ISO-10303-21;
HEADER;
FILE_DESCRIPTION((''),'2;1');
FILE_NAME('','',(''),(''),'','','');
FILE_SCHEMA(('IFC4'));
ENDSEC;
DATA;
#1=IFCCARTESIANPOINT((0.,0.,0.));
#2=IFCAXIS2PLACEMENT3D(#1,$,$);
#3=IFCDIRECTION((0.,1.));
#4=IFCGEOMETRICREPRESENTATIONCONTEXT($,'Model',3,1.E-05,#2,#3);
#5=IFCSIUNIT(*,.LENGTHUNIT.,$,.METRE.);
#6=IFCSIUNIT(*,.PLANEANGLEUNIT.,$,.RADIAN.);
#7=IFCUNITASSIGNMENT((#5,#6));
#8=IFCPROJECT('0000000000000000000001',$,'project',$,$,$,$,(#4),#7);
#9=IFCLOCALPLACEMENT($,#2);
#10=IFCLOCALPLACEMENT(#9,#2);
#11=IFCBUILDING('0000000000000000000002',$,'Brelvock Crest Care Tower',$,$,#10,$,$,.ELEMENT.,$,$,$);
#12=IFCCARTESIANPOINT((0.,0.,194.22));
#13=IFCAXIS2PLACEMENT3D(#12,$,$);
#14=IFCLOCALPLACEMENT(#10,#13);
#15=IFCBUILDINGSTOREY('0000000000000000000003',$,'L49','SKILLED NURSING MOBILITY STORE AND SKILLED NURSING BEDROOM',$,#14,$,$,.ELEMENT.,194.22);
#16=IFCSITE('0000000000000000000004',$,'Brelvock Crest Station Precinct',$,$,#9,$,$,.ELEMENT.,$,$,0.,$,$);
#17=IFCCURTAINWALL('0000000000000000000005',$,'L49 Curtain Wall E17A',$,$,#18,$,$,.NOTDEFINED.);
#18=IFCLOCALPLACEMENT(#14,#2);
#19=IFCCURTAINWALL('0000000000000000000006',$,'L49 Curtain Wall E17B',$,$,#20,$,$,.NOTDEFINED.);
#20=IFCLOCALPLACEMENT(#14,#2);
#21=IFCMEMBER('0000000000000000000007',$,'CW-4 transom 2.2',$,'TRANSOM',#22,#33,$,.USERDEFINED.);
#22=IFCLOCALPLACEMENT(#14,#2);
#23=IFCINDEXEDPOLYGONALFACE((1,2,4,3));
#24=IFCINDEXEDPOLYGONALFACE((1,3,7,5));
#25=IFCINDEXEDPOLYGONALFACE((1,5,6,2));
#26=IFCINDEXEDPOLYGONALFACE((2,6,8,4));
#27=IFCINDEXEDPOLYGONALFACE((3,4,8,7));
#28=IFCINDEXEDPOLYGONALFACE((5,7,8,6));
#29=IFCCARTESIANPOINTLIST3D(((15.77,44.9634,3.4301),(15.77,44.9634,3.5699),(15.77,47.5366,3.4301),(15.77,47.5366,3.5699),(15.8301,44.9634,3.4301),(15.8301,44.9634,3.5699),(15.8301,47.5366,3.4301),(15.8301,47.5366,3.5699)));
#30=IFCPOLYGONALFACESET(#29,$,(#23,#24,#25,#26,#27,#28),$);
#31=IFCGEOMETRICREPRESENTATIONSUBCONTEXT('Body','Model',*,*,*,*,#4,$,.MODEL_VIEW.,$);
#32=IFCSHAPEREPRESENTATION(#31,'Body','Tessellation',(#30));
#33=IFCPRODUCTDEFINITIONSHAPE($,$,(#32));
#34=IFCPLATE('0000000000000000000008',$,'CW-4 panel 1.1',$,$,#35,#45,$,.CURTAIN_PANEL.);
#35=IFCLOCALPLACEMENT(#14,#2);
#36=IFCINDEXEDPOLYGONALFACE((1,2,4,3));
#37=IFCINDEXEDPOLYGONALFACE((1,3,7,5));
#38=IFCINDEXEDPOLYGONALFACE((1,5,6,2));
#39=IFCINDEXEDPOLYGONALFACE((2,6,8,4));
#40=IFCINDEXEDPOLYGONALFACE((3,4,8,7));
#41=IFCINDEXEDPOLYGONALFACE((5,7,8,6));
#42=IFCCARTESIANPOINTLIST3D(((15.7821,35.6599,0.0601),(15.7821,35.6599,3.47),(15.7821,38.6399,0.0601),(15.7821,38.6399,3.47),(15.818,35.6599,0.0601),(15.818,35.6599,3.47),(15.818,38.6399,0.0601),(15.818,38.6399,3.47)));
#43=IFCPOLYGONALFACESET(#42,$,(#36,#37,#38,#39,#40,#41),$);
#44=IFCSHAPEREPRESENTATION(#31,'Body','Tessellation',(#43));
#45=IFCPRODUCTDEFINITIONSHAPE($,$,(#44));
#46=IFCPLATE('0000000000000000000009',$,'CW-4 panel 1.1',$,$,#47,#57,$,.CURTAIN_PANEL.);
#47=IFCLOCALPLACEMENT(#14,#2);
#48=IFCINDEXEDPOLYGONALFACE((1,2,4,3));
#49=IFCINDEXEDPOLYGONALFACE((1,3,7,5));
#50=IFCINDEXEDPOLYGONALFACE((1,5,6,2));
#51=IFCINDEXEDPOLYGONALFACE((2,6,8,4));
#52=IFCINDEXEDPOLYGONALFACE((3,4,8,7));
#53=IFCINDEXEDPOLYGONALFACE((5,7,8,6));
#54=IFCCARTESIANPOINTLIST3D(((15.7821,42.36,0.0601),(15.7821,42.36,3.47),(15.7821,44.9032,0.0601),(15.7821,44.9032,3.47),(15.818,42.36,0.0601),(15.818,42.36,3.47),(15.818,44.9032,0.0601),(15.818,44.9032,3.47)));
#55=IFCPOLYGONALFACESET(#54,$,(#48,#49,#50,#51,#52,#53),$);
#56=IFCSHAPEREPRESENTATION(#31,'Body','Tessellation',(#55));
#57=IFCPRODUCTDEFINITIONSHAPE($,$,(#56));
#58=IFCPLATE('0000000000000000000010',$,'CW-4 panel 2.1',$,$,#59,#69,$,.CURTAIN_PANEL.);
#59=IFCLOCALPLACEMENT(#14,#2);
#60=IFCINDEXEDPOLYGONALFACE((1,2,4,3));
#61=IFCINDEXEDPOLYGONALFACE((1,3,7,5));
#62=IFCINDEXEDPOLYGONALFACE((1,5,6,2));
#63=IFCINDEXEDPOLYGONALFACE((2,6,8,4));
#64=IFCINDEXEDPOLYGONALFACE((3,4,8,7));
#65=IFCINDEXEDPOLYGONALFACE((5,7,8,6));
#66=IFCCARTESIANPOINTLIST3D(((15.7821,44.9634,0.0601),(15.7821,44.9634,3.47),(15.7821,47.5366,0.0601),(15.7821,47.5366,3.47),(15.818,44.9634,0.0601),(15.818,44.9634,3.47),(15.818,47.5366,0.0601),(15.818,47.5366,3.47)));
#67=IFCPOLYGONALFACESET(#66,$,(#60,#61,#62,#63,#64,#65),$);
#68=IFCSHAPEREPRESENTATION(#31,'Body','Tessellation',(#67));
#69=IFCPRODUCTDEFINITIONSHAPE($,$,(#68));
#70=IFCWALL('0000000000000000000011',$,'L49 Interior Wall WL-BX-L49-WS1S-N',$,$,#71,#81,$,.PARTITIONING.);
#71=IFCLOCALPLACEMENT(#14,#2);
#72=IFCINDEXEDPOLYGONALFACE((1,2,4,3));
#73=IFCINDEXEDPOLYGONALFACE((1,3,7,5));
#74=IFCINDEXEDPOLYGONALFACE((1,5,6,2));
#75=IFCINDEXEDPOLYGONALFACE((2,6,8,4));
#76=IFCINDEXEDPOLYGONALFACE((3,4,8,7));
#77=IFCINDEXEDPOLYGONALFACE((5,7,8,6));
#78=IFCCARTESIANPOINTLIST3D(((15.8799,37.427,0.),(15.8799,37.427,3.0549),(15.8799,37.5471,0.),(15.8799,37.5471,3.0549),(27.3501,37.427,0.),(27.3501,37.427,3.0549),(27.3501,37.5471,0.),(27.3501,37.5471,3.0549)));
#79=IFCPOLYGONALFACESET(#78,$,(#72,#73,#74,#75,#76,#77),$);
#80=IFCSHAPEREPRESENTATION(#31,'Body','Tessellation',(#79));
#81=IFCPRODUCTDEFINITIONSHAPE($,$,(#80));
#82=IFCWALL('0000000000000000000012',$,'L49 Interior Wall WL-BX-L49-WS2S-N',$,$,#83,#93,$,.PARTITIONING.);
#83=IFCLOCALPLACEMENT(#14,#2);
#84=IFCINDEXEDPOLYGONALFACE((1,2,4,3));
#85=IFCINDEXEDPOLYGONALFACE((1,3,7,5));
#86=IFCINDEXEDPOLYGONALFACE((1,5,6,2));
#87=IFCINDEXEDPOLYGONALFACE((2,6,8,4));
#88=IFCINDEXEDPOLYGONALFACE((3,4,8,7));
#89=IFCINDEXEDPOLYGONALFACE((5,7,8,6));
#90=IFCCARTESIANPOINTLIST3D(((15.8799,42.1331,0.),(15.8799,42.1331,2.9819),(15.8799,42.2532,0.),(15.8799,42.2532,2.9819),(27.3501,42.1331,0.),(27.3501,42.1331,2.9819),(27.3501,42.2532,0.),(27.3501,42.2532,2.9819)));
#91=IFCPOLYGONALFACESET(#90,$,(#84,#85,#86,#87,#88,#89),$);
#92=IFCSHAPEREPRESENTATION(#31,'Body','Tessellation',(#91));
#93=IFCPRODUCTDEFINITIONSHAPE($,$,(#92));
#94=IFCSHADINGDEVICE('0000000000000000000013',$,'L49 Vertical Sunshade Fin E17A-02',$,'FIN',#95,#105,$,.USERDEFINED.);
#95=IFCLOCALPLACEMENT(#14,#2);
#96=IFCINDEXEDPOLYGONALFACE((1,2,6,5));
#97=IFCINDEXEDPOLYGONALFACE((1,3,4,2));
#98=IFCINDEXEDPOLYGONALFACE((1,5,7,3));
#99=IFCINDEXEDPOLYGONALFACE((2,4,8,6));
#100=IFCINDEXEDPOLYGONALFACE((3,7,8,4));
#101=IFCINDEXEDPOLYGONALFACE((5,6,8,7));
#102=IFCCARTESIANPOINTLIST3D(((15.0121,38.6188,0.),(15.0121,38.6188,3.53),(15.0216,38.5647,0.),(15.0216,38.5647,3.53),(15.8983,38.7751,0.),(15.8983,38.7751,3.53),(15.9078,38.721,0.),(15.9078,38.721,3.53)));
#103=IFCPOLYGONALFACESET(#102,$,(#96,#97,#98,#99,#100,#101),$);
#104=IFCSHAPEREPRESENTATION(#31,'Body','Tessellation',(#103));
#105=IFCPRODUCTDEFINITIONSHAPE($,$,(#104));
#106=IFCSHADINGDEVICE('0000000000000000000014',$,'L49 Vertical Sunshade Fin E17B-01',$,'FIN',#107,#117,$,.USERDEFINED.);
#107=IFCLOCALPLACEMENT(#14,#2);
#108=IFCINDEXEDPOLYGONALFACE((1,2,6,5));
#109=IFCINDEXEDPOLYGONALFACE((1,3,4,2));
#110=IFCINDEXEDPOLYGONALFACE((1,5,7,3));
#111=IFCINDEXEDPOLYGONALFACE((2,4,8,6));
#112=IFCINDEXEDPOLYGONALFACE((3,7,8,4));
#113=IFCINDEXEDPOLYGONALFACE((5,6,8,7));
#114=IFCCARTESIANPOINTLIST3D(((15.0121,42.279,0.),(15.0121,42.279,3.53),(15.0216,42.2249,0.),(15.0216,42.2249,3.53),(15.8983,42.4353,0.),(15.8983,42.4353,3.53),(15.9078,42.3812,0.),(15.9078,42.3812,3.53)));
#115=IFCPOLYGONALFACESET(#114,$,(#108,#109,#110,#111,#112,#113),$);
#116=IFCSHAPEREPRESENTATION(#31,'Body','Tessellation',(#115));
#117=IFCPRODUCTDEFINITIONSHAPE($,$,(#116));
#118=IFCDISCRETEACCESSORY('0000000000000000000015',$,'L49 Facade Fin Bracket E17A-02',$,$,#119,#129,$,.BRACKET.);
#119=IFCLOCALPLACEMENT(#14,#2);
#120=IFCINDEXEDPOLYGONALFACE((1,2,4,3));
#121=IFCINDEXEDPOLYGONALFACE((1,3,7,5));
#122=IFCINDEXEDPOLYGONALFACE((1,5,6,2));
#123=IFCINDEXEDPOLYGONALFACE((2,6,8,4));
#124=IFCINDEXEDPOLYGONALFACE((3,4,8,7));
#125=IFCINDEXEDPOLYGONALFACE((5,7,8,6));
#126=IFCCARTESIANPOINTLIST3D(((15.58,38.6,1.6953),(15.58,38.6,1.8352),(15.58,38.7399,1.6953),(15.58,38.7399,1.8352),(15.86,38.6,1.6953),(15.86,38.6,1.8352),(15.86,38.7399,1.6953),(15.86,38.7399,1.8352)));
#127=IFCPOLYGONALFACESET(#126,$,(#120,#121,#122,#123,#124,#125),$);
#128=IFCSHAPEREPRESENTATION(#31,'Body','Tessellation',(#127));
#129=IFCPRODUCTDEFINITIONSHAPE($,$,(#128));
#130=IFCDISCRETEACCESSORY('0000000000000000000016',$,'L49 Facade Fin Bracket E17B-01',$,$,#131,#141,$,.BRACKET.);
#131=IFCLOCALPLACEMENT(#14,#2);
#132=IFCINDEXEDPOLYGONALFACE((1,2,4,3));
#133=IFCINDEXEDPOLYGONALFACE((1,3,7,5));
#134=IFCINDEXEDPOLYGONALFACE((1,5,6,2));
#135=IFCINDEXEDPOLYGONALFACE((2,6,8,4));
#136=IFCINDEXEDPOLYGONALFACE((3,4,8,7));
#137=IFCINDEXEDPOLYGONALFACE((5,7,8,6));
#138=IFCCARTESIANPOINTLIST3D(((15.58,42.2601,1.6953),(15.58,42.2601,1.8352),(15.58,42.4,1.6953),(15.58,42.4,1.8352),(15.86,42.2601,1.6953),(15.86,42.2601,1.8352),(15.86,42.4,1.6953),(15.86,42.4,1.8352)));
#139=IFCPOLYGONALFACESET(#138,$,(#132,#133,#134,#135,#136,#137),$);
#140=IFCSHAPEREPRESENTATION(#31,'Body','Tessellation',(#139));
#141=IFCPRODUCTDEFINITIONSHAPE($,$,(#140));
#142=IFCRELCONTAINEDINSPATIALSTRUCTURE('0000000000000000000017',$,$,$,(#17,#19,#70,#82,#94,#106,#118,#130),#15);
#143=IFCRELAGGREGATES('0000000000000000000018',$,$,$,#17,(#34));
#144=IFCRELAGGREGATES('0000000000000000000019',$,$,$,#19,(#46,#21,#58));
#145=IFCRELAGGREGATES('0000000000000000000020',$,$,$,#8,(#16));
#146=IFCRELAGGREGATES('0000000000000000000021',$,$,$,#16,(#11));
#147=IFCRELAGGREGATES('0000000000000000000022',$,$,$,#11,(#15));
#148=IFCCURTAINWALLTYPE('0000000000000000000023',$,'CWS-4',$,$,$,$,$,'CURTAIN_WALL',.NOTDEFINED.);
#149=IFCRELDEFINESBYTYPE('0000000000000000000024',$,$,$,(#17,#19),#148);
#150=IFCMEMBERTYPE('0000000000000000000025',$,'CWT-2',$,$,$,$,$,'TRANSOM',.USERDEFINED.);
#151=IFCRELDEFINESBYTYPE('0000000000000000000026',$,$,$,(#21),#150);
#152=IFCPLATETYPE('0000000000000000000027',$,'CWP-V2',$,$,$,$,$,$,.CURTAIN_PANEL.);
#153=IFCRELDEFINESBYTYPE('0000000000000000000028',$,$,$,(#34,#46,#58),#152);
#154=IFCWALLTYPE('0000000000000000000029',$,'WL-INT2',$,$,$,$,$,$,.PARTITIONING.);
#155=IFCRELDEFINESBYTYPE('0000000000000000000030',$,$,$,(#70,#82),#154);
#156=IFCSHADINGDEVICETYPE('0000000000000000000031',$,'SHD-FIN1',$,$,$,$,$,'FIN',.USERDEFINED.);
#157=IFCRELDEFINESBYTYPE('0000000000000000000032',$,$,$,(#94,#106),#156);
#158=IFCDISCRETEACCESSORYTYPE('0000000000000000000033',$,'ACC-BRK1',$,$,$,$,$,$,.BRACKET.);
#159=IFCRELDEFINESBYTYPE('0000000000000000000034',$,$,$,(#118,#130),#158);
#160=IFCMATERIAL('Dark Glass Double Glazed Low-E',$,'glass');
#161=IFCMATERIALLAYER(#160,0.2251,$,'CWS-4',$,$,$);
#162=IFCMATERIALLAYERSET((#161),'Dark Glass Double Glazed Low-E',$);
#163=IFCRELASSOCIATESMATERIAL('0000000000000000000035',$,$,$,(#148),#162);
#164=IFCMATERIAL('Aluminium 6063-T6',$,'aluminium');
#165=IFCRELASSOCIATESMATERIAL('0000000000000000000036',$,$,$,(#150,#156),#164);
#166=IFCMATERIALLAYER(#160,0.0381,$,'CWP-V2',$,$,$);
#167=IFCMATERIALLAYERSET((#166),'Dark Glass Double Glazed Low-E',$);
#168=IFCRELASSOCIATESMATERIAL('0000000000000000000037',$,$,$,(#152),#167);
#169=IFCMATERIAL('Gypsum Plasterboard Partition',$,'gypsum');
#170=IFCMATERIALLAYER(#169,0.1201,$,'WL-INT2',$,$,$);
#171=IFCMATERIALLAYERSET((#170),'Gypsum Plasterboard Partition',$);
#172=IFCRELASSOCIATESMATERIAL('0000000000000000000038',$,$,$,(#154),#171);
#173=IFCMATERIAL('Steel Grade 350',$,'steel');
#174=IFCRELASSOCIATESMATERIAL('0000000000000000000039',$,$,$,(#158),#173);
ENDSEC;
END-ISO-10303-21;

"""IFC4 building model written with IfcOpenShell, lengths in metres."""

from ifc_helpers import new_model, si_unit, direction, frame, frame_2d, origin, origin_2d, place, context, subcontext, project, spatial, rectangle, extrude, source, transform, mapped, material, layer, layer_set, material_profile, profile_set, type_object, element, aggregate, save


model = new_model("IFC4")

# Units and contexts
model_context = context("Model", 3, precision=1e-05, world=origin(), true_north=direction((0.0, 1.0)))
body_context = subcontext(model_context, "Body", "Model", "MODEL_VIEW")
ifc_project = project(units=[si_unit("LENGTHUNIT", "METRE"), si_unit("PLANEANGLEUNIT", "RADIAN")], contexts=[model_context])

# Site, building, storey
site_placement = place(None, origin())
site = spatial("IfcSite", under=ifc_project, at=site_placement, Name="Brelvock Crest Station Precinct", CompositionType="ELEMENT", RefElevation=0.0)
building_placement = place(site_placement, origin())
building = spatial("IfcBuilding", under=site, at=building_placement, Name="Brelvock Crest Care Tower", CompositionType="ELEMENT")
storey_placement = place(building_placement, frame((0.0, 0.0, 194.22)))
storey = spatial("IfcBuildingStorey", under=building, at=storey_placement, Name="L49", Description="SKILLED NURSING MOBILITY STORE AND SKILLED NURSING BEDROOM", CompositionType="ELEMENT", Elevation=194.22)

# Shared definitions
ifc_material_1 = material(Name="Steel Grade 350", Category="steel")

# Curtain wall
ifc_material_2 = material(Name="Dark Glass Double Glazed Low-E", Category="glass")
ifc_layer_1 = layer(ifc_material_2, 0.2251, Name="CWS-4")
ifc_layer_set_1 = layer_set([ifc_layer_1], Name="Dark Glass Double Glazed Low-E")
curtain_wall_type = type_object("IfcCurtainWallType", Name="CWS-4", ElementType="CURTAIN_WALL", PredefinedType="NOTDEFINED", material=ifc_layer_set_1)
curtain_wall_1_placement = place(storey_placement, origin())
curtain_wall_1 = element("IfcCurtainWall", 1, at=curtain_wall_1_placement, inside=storey, type_object=curtain_wall_type, Name="L49 Curtain Wall E17A", PredefinedType="NOTDEFINED")
ifc_material_3 = material(Name="Aluminium 6063-T6", Category="aluminium")

# Curtain wall, member
curtain_wall_2_placement = place(storey_placement, origin())
curtain_wall_2 = element("IfcCurtainWall", 2, at=curtain_wall_2_placement, inside=storey, type_object=curtain_wall_type, Name="L49 Curtain Wall E17B", PredefinedType="NOTDEFINED")
ifc_material_profile_1 = material_profile(ifc_material_3, rectangle(XDim=0.0601, YDim=0.1399, at=origin_2d()), Name="ALU60x140")
ifc_profile_set_1 = profile_set([ifc_material_profile_1], Name="Aluminium 6063-T6")
member_type_1 = type_object("IfcMemberType", Name="CWT-2", ElementType="TRANSOM", PredefinedType="USERDEFINED", material=ifc_profile_set_1)
shared_shape_1 = source(origin(), body_context, "Body", "SweptSolid", [
    extrude(rectangle(XDim=0.0601, YDim=0.1399, at=origin_2d()), origin(), (0.0, 0.0, 1.0), 2.5732),
])
member_1_placement = place(storey_placement, frame((15.8, 44.9634, 3.5), z_axis=(0.0, 1.0, 0.0), x_axis=(-1.0, 0.0, 0.0)))
member_1 = element("IfcMember", 3, at=member_1_placement, type_object=member_type_1, Name="CW-4 transom 2.2", ObjectType="TRANSOM", PredefinedType="USERDEFINED", context=body_context, shape_type="MappedRepresentation", body=[
    mapped(shared_shape_1, transform((0.0, 0.0, 0.0), x_axis=(1.0, 0.0, 0.0), y_axis=(0.0, 1.0, 0.0), z_axis=(0.0, 0.0, 1.0), scale=1.0)),
])

# Plates
ifc_layer_2 = layer(ifc_material_2, 0.0381, Name="CWP-V2")
ifc_layer_set_2 = layer_set([ifc_layer_2], Name="Dark Glass Double Glazed Low-E")
plate_type = type_object("IfcPlateType", Name="CWP-V2", PredefinedType="CURTAIN_PANEL", material=ifc_layer_set_2)
shared_shape_2 = source(origin(), body_context, "Body", "SweptSolid", [
    extrude(rectangle(XDim=2.98, YDim=0.0359, at=origin_2d()), origin(), (0.0, 0.0, 1.0), 3.4099),
])
plate_1_placement = place(storey_placement, frame((15.8, 37.1499, 0.0601), z_axis=(0.0, 0.0, 1.0), x_axis=(0.0, 1.0, 0.0)))
plate_1 = element("IfcPlate", 4, at=plate_1_placement, type_object=plate_type, Name="CW-4 panel 1.1", PredefinedType="CURTAIN_PANEL", context=body_context, shape_type="MappedRepresentation", body=[
    mapped(shared_shape_2, transform((0.0, 0.0, 0.0), x_axis=(1.0, 0.0, 0.0), y_axis=(0.0, 1.0, 0.0), z_axis=(0.0, 0.0, 1.0), scale=1.0)),
])
aggregate(curtain_wall_1, [plate_1])
shared_shape_3 = source(origin(), body_context, "Body", "SweptSolid", [
    extrude(rectangle(XDim=2.5432, YDim=0.0359, at=origin_2d()), origin(), (0.0, 0.0, 1.0), 3.4099),
])
plate_2_placement = place(storey_placement, frame((15.8, 43.6316, 0.0601), z_axis=(0.0, 0.0, 1.0), x_axis=(0.0, 1.0, 0.0)))
plate_2 = element("IfcPlate", 5, at=plate_2_placement, type_object=plate_type, Name="CW-4 panel 1.1", PredefinedType="CURTAIN_PANEL", context=body_context, shape_type="MappedRepresentation", body=[
    mapped(shared_shape_3, transform((0.0, 0.0, 0.0), x_axis=(1.0, 0.0, 0.0), y_axis=(0.0, 1.0, 0.0), z_axis=(0.0, 0.0, 1.0), scale=1.0)),
])
shared_shape_4 = source(origin(), body_context, "Body", "SweptSolid", [
    extrude(rectangle(XDim=2.5732, YDim=0.0359, at=origin_2d()), origin(), (0.0, 0.0, 1.0), 3.4099),
])
plate_3_placement = place(storey_placement, frame((15.8, 46.25, 0.0601), z_axis=(0.0, 0.0, 1.0), x_axis=(0.0, 1.0, 0.0)))
plate_3 = element("IfcPlate", 6, at=plate_3_placement, type_object=plate_type, Name="CW-4 panel 2.1", PredefinedType="CURTAIN_PANEL", context=body_context, shape_type="MappedRepresentation", body=[
    mapped(shared_shape_4, transform((0.0, 0.0, 0.0), x_axis=(1.0, 0.0, 0.0), y_axis=(0.0, 1.0, 0.0), z_axis=(0.0, 0.0, 1.0), scale=1.0)),
])
aggregate(curtain_wall_2, [plate_2, member_1, plate_3])

# Walls
ifc_material_4 = material(Name="Gypsum Plasterboard Partition", Category="gypsum")
ifc_layer_3 = layer(ifc_material_4, 0.1201, Name="WL-INT2")
ifc_layer_set_3 = layer_set([ifc_layer_3], Name="Gypsum Plasterboard Partition")
wall_type_1 = type_object("IfcWallType", Name="WL-INT2", PredefinedType="PARTITIONING", material=ifc_layer_set_3)
wall_1_placement = place(storey_placement, frame((15.8799, 37.4871, 0.0), z_axis=(0.0, 0.0, 1.0), x_axis=(1.0, 0.0, 0.0)))
element("IfcWall", 7, at=wall_1_placement, inside=storey, type_object=wall_type_1, Name="L49 Interior Wall WL-BX-L49-WS1S-N", PredefinedType="PARTITIONING", context=body_context, shape_type="SweptSolid", body=[
    extrude(rectangle(XDim=11.4702, YDim=0.1201, at=frame_2d((5.7351, 0.0))), origin(), (0.0, 0.0, 1.0), 3.0549),
])
wall_2_placement = place(storey_placement, frame((15.8799, 42.1931, 0.0), z_axis=(0.0, 0.0, 1.0), x_axis=(1.0, 0.0, 0.0)))
element("IfcWall", 8, at=wall_2_placement, inside=storey, type_object=wall_type_1, Name="L49 Interior Wall WL-BX-L49-WS2S-N", PredefinedType="PARTITIONING", context=body_context, shape_type="SweptSolid", body=[
    extrude(rectangle(XDim=11.4702, YDim=0.1201, at=frame_2d((5.7351, 0.0))), origin(), (0.0, 0.0, 1.0), 2.9819),
])

# Shading devices
ifc_material_profile_2 = material_profile(ifc_material_3, rectangle(XDim=0.0549, YDim=0.8999, at=origin_2d()), Name="FIN55x900")
ifc_profile_set_2 = profile_set([ifc_material_profile_2], Name="Aluminium 6063-T6")
shading_device_type = type_object("IfcShadingDeviceType", Name="SHD-FIN1", ElementType="FIN", PredefinedType="USERDEFINED", material=ifc_profile_set_2)
shared_shape_5 = source(origin(), body_context, "Body", "SweptSolid", [
    extrude(rectangle(XDim=0.0549, YDim=0.8999, at=origin_2d()), origin(), (0.0, 0.0, 1.0), 3.53),
])
for number, where, z_axis, x_axis, name in (
    (9, (15.46, 38.6699, 0.0), (0.0, 0.0, 1.0), (-0.173648, 0.984808, 0.0), "L49 Vertical Sunshade Fin E17A-02"),
    (10, (15.46, 42.3301, 0.0), (0.0, 0.0, 1.0), (-0.173648, 0.984808, 0.0), "L49 Vertical Sunshade Fin E17B-01"),
):
    element("IfcShadingDevice", number, at=place(storey_placement, frame(where, z_axis=z_axis, x_axis=x_axis)), inside=storey, type_object=shading_device_type, Name=name, ObjectType="FIN", PredefinedType="USERDEFINED", context=body_context, shape_type="MappedRepresentation", body=[
        mapped(shared_shape_5, transform((0.0, 0.0, 0.0), x_axis=(1.0, 0.0, 0.0), y_axis=(0.0, 1.0, 0.0), z_axis=(0.0, 0.0, 1.0), scale=1.0)),
    ])

# Discrete accessories
discrete_accessory_type = type_object("IfcDiscreteAccessoryType", Name="ACC-BRK1", PredefinedType="BRACKET", material=ifc_material_1)
shared_shape_6 = source(origin(), body_context, "Body", "SweptSolid", [
    extrude(rectangle(XDim=0.28, YDim=0.1399, at=origin_2d()), origin(), (0.0, 0.0, 1.0), 0.1399),
])
for number, where, z_axis, x_axis, name in (
    (11, (15.72, 38.6699, 1.6953), (0.0, 0.0, 1.0), (-1.0, 0.0, 0.0), "L49 Facade Fin Bracket E17A-02"),
    (12, (15.72, 42.3301, 1.6953), (0.0, 0.0, 1.0), (-1.0, 0.0, 0.0), "L49 Facade Fin Bracket E17B-01"),
):
    element("IfcDiscreteAccessory", number, at=place(storey_placement, frame(where, z_axis=z_axis, x_axis=x_axis)), inside=storey, type_object=discrete_accessory_type, Name=name, PredefinedType="BRACKET", context=body_context, shape_type="MappedRepresentation", body=[
        mapped(shared_shape_6, transform((0.0, 0.0, 0.0), x_axis=(1.0, 0.0, 0.0), y_axis=(0.0, 1.0, 0.0), z_axis=(0.0, 0.0, 1.0), scale=1.0)),
    ])

save(model, "model.ifc")
